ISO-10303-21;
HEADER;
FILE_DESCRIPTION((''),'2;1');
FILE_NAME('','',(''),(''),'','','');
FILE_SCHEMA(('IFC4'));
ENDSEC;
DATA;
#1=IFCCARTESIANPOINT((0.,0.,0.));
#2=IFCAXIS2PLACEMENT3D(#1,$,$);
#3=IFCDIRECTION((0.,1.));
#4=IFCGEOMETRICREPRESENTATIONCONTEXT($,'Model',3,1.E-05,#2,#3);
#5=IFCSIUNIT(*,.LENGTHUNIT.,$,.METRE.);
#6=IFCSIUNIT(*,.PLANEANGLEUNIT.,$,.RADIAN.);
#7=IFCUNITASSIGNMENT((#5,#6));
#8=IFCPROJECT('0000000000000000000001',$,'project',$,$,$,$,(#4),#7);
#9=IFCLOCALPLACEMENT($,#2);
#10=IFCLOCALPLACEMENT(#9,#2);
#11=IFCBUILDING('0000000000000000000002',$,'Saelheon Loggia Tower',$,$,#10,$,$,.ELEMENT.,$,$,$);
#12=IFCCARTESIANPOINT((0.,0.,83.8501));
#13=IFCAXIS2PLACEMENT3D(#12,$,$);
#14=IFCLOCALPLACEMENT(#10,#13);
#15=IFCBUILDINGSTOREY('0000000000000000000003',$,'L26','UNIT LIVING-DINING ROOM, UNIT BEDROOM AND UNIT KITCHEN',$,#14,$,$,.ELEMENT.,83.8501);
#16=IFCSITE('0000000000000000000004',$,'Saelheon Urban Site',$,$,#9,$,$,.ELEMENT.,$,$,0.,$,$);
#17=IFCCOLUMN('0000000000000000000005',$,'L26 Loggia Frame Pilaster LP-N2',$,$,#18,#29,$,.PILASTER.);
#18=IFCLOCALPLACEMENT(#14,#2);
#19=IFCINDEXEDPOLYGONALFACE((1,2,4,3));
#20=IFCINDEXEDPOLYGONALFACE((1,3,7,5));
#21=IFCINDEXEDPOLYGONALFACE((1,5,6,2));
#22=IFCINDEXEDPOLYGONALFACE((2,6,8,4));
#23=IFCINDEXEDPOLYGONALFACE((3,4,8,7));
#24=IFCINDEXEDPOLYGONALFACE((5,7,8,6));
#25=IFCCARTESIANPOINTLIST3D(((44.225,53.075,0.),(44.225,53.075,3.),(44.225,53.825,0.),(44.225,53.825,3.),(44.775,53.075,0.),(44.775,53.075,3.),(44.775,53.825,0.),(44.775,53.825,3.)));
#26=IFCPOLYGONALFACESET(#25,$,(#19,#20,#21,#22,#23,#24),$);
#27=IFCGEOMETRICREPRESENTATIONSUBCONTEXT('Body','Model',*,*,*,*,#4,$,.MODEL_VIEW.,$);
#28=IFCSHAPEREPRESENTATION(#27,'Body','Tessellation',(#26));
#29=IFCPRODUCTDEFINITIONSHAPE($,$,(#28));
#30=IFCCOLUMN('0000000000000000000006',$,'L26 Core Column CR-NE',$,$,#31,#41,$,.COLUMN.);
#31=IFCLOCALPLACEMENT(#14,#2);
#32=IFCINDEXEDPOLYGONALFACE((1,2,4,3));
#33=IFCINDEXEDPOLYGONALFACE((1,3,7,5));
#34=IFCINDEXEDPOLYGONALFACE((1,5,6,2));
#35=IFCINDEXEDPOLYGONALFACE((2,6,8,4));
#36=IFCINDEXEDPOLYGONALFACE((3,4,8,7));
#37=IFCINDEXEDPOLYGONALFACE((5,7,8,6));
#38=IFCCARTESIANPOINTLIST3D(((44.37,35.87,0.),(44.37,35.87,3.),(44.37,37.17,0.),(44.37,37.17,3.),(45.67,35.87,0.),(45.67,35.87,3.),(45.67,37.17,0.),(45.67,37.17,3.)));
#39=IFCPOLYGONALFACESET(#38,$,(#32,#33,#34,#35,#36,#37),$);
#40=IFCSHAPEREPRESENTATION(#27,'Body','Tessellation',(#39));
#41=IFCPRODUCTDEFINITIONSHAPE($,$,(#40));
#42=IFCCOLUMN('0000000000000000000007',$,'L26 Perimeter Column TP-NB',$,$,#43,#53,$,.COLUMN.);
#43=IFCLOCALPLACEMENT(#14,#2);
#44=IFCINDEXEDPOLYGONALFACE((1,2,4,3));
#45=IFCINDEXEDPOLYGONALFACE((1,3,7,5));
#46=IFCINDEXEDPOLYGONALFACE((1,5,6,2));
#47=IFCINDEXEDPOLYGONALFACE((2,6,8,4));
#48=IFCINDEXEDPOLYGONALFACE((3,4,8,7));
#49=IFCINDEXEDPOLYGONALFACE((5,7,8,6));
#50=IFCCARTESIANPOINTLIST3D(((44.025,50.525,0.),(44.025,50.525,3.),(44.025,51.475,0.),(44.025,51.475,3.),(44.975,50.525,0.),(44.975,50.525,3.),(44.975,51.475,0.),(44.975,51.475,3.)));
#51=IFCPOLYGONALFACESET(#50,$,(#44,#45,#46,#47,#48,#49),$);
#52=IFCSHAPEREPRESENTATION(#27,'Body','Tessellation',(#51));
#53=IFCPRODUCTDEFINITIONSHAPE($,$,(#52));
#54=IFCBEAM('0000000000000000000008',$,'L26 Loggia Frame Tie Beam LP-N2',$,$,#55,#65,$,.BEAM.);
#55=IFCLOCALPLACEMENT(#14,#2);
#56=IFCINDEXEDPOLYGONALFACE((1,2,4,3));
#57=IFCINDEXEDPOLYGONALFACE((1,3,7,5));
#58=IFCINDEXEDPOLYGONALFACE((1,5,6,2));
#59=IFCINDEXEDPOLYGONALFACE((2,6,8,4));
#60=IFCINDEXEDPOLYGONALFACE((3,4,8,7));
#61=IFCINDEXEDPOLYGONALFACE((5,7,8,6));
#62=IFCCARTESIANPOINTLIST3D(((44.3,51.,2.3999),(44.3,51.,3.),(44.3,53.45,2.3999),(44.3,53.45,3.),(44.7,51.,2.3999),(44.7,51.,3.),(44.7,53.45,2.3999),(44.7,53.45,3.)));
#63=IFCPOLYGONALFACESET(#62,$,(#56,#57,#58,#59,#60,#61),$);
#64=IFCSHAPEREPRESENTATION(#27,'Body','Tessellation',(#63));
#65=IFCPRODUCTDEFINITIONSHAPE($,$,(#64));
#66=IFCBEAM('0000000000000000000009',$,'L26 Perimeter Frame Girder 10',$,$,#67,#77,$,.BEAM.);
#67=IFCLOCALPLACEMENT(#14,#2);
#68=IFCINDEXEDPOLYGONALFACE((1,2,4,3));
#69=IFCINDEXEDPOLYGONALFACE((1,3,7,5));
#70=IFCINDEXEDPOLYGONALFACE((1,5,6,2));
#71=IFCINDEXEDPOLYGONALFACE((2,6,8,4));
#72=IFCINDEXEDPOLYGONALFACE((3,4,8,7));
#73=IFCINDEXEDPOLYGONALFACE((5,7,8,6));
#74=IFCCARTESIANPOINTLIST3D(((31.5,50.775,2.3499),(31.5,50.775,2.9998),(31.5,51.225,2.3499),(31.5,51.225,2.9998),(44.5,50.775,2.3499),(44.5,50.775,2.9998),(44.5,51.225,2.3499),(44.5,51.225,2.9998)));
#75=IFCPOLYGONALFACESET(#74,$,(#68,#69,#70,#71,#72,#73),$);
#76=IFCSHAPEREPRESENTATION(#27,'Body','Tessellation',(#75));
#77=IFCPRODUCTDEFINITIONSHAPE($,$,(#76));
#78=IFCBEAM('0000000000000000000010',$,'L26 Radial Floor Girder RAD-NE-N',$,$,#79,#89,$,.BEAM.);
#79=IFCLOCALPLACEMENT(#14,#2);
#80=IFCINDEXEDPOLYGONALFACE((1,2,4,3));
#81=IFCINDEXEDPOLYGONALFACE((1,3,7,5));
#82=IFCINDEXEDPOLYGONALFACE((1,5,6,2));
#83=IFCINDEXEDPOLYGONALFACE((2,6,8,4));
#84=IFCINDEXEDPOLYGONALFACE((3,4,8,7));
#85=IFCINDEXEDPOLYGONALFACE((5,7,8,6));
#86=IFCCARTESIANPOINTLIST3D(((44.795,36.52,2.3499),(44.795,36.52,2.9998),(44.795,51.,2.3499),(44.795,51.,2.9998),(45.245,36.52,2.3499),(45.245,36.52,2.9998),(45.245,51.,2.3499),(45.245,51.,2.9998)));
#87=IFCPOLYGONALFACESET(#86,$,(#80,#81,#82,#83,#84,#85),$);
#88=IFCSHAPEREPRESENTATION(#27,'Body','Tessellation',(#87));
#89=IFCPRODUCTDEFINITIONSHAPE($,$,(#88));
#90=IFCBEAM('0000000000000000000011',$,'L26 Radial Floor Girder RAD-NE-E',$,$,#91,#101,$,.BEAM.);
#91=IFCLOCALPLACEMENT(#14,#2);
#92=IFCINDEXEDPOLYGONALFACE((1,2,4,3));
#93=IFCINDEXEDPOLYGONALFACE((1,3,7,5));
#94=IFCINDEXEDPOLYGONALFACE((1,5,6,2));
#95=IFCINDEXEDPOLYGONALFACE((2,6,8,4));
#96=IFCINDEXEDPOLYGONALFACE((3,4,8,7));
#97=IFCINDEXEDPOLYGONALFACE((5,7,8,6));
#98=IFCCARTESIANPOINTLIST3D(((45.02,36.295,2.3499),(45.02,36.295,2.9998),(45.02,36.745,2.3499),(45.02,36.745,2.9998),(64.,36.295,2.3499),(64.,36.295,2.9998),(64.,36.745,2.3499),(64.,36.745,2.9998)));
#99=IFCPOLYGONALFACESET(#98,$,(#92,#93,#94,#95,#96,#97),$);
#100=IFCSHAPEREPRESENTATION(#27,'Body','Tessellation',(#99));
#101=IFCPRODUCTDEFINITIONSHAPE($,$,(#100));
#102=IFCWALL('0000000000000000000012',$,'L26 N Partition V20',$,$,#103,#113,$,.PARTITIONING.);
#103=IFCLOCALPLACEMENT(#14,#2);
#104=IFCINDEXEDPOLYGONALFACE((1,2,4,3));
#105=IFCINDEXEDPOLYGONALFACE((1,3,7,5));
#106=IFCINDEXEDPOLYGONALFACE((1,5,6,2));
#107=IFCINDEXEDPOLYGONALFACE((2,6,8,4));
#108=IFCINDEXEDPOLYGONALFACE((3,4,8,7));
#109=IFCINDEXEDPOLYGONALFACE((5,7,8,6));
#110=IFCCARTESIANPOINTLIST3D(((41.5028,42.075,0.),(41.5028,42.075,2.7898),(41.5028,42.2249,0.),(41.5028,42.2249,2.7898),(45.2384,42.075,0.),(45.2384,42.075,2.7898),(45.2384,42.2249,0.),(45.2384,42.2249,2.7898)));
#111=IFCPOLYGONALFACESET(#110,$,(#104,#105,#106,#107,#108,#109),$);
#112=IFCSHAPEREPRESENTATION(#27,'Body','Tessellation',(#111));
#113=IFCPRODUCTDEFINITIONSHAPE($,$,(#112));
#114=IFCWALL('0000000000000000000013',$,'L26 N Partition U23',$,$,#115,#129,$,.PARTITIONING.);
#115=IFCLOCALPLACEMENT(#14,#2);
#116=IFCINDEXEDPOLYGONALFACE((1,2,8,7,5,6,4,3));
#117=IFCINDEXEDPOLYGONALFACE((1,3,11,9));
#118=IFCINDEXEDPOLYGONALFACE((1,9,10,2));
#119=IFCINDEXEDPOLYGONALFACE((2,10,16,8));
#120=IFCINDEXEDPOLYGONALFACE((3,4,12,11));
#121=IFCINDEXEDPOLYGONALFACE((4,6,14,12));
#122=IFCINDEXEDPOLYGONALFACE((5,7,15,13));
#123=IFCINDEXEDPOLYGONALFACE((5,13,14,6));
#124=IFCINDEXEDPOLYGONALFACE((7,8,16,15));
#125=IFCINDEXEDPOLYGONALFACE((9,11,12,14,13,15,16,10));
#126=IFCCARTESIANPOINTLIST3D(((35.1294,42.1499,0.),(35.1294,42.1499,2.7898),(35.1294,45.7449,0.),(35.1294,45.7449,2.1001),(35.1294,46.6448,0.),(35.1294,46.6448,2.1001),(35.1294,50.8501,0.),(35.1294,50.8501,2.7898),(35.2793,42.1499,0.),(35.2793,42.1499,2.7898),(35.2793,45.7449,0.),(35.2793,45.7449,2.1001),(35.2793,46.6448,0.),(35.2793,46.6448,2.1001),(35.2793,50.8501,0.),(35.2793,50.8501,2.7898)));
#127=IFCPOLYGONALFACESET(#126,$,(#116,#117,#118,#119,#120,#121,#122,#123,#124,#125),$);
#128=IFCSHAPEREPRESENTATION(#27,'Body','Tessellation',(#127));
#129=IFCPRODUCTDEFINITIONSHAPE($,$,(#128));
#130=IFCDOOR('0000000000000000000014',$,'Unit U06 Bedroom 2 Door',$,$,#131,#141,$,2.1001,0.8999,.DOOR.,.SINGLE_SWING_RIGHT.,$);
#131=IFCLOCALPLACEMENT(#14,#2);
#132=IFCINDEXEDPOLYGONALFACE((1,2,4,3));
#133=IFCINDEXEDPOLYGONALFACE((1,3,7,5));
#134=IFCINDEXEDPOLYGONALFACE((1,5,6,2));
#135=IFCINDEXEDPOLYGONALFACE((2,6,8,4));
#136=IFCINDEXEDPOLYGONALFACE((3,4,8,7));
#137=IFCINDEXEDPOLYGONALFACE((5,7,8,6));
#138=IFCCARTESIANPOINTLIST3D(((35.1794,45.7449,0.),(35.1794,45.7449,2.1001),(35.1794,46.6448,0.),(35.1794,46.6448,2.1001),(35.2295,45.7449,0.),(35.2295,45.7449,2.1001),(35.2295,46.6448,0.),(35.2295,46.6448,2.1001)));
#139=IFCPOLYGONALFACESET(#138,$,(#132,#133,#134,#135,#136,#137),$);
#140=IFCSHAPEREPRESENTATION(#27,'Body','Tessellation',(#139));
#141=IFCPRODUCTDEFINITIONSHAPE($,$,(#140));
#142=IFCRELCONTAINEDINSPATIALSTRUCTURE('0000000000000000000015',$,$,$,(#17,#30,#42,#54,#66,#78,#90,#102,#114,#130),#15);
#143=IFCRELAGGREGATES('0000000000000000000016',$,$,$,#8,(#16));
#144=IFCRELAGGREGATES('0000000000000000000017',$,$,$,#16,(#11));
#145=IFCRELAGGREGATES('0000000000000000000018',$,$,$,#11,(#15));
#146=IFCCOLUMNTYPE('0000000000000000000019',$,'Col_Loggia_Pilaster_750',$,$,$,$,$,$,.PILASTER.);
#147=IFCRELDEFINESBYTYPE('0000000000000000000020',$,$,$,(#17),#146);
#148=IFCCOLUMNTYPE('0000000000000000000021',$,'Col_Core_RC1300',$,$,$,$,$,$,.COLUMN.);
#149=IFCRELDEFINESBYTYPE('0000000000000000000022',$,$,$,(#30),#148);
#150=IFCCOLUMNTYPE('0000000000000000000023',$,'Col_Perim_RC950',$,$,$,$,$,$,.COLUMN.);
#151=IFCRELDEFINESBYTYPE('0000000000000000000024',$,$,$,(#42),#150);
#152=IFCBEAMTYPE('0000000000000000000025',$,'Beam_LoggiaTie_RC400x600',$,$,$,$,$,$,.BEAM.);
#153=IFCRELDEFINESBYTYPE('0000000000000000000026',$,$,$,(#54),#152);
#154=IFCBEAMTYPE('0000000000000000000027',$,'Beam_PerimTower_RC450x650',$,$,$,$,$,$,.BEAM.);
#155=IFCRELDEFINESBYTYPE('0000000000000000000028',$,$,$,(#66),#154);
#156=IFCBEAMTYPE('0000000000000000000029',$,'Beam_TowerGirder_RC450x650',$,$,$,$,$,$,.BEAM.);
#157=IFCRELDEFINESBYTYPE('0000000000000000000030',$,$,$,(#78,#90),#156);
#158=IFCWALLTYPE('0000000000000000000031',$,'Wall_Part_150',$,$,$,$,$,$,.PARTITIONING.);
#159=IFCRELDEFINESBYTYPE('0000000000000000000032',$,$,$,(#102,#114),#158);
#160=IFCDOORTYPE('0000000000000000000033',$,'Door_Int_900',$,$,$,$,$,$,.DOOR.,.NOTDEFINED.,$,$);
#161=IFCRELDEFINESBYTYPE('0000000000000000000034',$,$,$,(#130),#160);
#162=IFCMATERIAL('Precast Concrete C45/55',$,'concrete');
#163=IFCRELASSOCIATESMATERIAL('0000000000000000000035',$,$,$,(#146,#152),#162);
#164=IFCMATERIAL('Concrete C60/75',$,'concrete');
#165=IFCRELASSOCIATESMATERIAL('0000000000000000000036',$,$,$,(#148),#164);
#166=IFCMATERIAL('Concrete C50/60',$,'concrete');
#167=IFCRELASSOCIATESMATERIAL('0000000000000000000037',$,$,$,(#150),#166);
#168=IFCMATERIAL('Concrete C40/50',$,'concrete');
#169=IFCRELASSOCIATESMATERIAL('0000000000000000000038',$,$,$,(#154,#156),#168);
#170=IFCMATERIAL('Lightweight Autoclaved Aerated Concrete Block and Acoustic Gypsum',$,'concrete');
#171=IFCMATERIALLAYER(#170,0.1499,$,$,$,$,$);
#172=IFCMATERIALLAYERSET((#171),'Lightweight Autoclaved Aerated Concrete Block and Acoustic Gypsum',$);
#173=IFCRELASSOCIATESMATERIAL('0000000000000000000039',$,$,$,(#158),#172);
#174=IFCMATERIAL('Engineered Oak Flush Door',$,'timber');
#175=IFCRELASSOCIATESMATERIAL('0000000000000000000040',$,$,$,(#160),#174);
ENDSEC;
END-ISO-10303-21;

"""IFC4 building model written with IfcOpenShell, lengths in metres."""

from ifc_helpers import new_model, si_unit, direction, frame, frame_2d, origin, origin_2d, place, context, subcontext, project, spatial, rectangle, extrude, source, transform, mapped, material, layer, layer_set, material_profile, profile_set, type_object, element, fill, save


model = new_model("IFC4")

# Units and contexts
model_context = context("Model", 3, precision=1e-05, world=origin(), true_north=direction((0.0, 1.0)))
body_context = subcontext(model_context, "Body", "Model", "MODEL_VIEW")
ifc_project = project(units=[si_unit("LENGTHUNIT", "METRE"), si_unit("PLANEANGLEUNIT", "RADIAN")], contexts=[model_context])

# Site, building, storey
site_placement = place(None, origin())
site = spatial("IfcSite", under=ifc_project, at=site_placement, Name="Saelheon Urban Site", CompositionType="ELEMENT", RefElevation=0.0)
building_placement = place(site_placement, origin())
building = spatial("IfcBuilding", under=site, at=building_placement, Name="Saelheon Loggia Tower", CompositionType="ELEMENT")
storey_placement = place(building_placement, frame((0.0, 0.0, 83.8501)))
storey = spatial("IfcBuildingStorey", under=building, at=storey_placement, Name="L26", Description="UNIT LIVING-DINING ROOM, UNIT BEDROOM AND UNIT KITCHEN", CompositionType="ELEMENT", Elevation=83.8501)

# Columns
ifc_material_1 = material(Name="Precast Concrete C45/55", Category="concrete")
ifc_material_profile_1 = material_profile(ifc_material_1, rectangle(XDim=0.55, YDim=0.75, at=origin_2d()), Name="RC-550x750")
ifc_profile_set_1 = profile_set([ifc_material_profile_1], Name="Precast Concrete C45/55")
column_type_1 = type_object("IfcColumnType", Name="Col_Loggia_Pilaster_750", PredefinedType="PILASTER", material=ifc_profile_set_1)
shared_shape_1 = source(origin(), body_context, "Body", "SweptSolid", [
    extrude(rectangle(XDim=0.55, YDim=0.75, at=origin_2d()), origin(), (0.0, 0.0, 1.0), 3.0),
])
column_1_placement = place(storey_placement, frame((44.5, 53.45, 0.0), z_axis=(0.0, 0.0, 1.0), x_axis=(1.0, 0.0, 0.0)))
element("IfcColumn", 1, at=column_1_placement, inside=storey, type_object=column_type_1, Name="L26 Loggia Frame Pilaster LP-N2", PredefinedType="PILASTER", context=body_context, shape_type="MappedRepresentation", body=[
    mapped(shared_shape_1, transform((0.0, 0.0, 0.0), scale=1.0)),
])
ifc_material_2 = material(Name="Concrete C60/75", Category="concrete")
ifc_material_profile_2 = material_profile(ifc_material_2, rectangle(XDim=1.3, YDim=1.3, at=origin_2d()), Name="RC-1300x1300")
ifc_profile_set_2 = profile_set([ifc_material_profile_2], Name="Concrete C60/75")
column_type_2 = type_object("IfcColumnType", Name="Col_Core_RC1300", PredefinedType="COLUMN", material=ifc_profile_set_2)
shared_shape_2 = source(origin(), body_context, "Body", "SweptSolid", [
    extrude(rectangle(XDim=1.3, YDim=1.3, at=origin_2d()), origin(), (0.0, 0.0, 1.0), 3.0),
])
column_2_placement = place(storey_placement, frame((45.02, 36.52, 0.0), z_axis=(0.0, 0.0, 1.0), x_axis=(1.0, 0.0, 0.0)))
element("IfcColumn", 2, at=column_2_placement, inside=storey, type_object=column_type_2, Name="L26 Core Column CR-NE", PredefinedType="COLUMN", context=body_context, shape_type="MappedRepresentation", body=[
    mapped(shared_shape_2, transform((0.0, 0.0, 0.0), scale=1.0)),
])
ifc_material_3 = material(Name="Concrete C50/60", Category="concrete")
ifc_material_profile_3 = material_profile(ifc_material_3, rectangle(XDim=0.95, YDim=0.95, at=origin_2d()), Name="RC-950x950")
ifc_profile_set_3 = profile_set([ifc_material_profile_3], Name="Concrete C50/60")
column_type_3 = type_object("IfcColumnType", Name="Col_Perim_RC950", PredefinedType="COLUMN", material=ifc_profile_set_3)
shared_shape_3 = source(origin(), body_context, "Body", "SweptSolid", [
    extrude(rectangle(XDim=0.95, YDim=0.95, at=origin_2d()), origin(), (0.0, 0.0, 1.0), 3.0),
])
column_3_placement = place(storey_placement, frame((44.5, 51.0, 0.0), z_axis=(0.0, 0.0, 1.0), x_axis=(1.0, 0.0, 0.0)))
element("IfcColumn", 3, at=column_3_placement, inside=storey, type_object=column_type_3, Name="L26 Perimeter Column TP-NB", PredefinedType="COLUMN", context=body_context, shape_type="MappedRepresentation", body=[
    mapped(shared_shape_3, transform((0.0, 0.0, 0.0), scale=1.0)),
])

# Beams
ifc_material_profile_4 = material_profile(ifc_material_1, rectangle(XDim=0.3999, YDim=0.6001, at=origin_2d()), Name="RC-400x600")
ifc_profile_set_4 = profile_set([ifc_material_profile_4], Name="Precast Concrete C45/55")
beam_type_1 = type_object("IfcBeamType", Name="Beam_LoggiaTie_RC400x600", PredefinedType="BEAM", material=ifc_profile_set_4)
shared_shape_4 = source(origin(), body_context, "Body", "SweptSolid", [
    extrude(rectangle(XDim=0.3999, YDim=0.6001, at=origin_2d()), origin(), (0.0, 0.0, 1.0), 2.45),
])
beam_1_placement = place(storey_placement, frame((44.5, 51.0, 2.7), z_axis=(0.0, 1.0, 0.0), x_axis=(-1.0, 0.0, 0.0)))
element("IfcBeam", 4, at=beam_1_placement, inside=storey, type_object=beam_type_1, Name="L26 Loggia Frame Tie Beam LP-N2", PredefinedType="BEAM", context=body_context, shape_type="MappedRepresentation", body=[
    mapped(shared_shape_4, transform((0.0, 0.0, 0.0), scale=1.0)),
])
ifc_material_4 = material(Name="Concrete C40/50", Category="concrete")
ifc_material_profile_5 = material_profile(ifc_material_4, rectangle(XDim=0.45, YDim=0.6499, at=origin_2d()), Name="RC-450x650")
ifc_profile_set_5 = profile_set([ifc_material_profile_5], Name="Concrete C40/50")
beam_type_2 = type_object("IfcBeamType", Name="Beam_PerimTower_RC450x650", PredefinedType="BEAM", material=ifc_profile_set_5)
shared_shape_5 = source(origin(), body_context, "Body", "SweptSolid", [
    extrude(rectangle(XDim=0.45, YDim=0.6499, at=origin_2d()), origin(), (0.0, 0.0, 1.0), 13.0),
])
beam_2_placement = place(storey_placement, frame((44.5, 51.0, 2.6748), z_axis=(-1.0, 0.0, 0.0), x_axis=(0.0, -1.0, 0.0)))
element("IfcBeam", 5, at=beam_2_placement, inside=storey, type_object=beam_type_2, Name="L26 Perimeter Frame Girder 10", PredefinedType="BEAM", context=body_context, shape_type="MappedRepresentation", body=[
    mapped(shared_shape_5, transform((0.0, 0.0, 0.0), scale=1.0)),
])
ifc_material_profile_6 = material_profile(ifc_material_4, rectangle(XDim=0.45, YDim=0.6499, at=origin_2d()), Name="RC-450x650")
ifc_profile_set_6 = profile_set([ifc_material_profile_6], Name="Concrete C40/50")
beam_type_3 = type_object("IfcBeamType", Name="Beam_TowerGirder_RC450x650", PredefinedType="BEAM", material=ifc_profile_set_6)
shared_shape_6 = source(origin(), body_context, "Body", "SweptSolid", [
    extrude(rectangle(XDim=0.45, YDim=0.6499, at=origin_2d()), origin(), (0.0, 0.0, 1.0), 14.48),
])
beam_3_placement = place(storey_placement, frame((45.02, 36.52, 2.6748), z_axis=(0.0, 1.0, 0.0), x_axis=(-1.0, 0.0, 0.0)))
element("IfcBeam", 6, at=beam_3_placement, inside=storey, type_object=beam_type_3, Name="L26 Radial Floor Girder RAD-NE-N", PredefinedType="BEAM", context=body_context, shape_type="MappedRepresentation", body=[
    mapped(shared_shape_6, transform((0.0, 0.0, 0.0), scale=1.0)),
])
shared_shape_7 = source(origin(), body_context, "Body", "SweptSolid", [
    extrude(rectangle(XDim=0.45, YDim=0.6499, at=origin_2d()), origin(), (0.0, 0.0, 1.0), 18.98),
])
beam_4_placement = place(storey_placement, frame((45.02, 36.52, 2.6748), z_axis=(1.0, 0.0, 0.0), x_axis=(0.0, 1.0, 0.0)))
element("IfcBeam", 7, at=beam_4_placement, inside=storey, type_object=beam_type_3, Name="L26 Radial Floor Girder RAD-NE-E", PredefinedType="BEAM", context=body_context, shape_type="MappedRepresentation", body=[
    mapped(shared_shape_7, transform((0.0, 0.0, 0.0), scale=1.0)),
])

# Wall
ifc_material_5 = material(Name="Lightweight Autoclaved Aerated Concrete Block and Acoustic Gypsum", Category="concrete")
ifc_layer_1 = layer(ifc_material_5, 0.1499)
ifc_layer_set_1 = layer_set([ifc_layer_1], Name="Lightweight Autoclaved Aerated Concrete Block and Acoustic Gypsum")
wall_type_1 = type_object("IfcWallType", Name="Wall_Part_150", PredefinedType="PARTITIONING", material=ifc_layer_set_1)
wall_1_placement = place(storey_placement, frame((41.5029, 42.1499, 0.0), z_axis=(0.0, 0.0, 1.0), x_axis=(1.0, 0.0, 0.0)))
element("IfcWall", 8, at=wall_1_placement, inside=storey, type_object=wall_type_1, Name="L26 N Partition V20", PredefinedType="PARTITIONING", context=body_context, shape_type="SweptSolid", body=[
    extrude(rectangle(XDim=3.7356, YDim=0.1499, at=frame_2d((1.8677, 0.0))), origin(), (0.0, 0.0, 1.0), 2.7898),
])

# Wall, opening, door
wall_2_placement = place(storey_placement, frame((35.2043, 42.1499, 0.0), z_axis=(0.0, 0.0, 1.0), x_axis=(0.0, 1.0, 0.0)))
wall_2 = element("IfcWall", 9, at=wall_2_placement, inside=storey, type_object=wall_type_1, Name="L26 N Partition U23", PredefinedType="PARTITIONING", context=body_context, shape_type="SweptSolid", body=[
    extrude(rectangle(XDim=8.7002, YDim=0.1499, at=frame_2d((4.3501, 0.0))), origin(), (0.0, 0.0, 1.0), 2.7898),
])
opening_1_placement = place(wall_2_placement, frame((3.595, 0.0, 0.0)))
opening_1 = element("IfcOpeningElement", 10, at=opening_1_placement, cuts=wall_2, PredefinedType="OPENING", context=body_context, shape_type="SweptSolid", body=[
    extrude(rectangle(XDim=0.8999, YDim=2.1001, at=frame_2d((0.45, 1.05))), frame((0.0, 0.0869, 0.0), z_axis=(0.0, -1.0, 0.0), x_axis=(1.0, 0.0, 0.0)), (0.0, 0.0, 1.0), 0.1738),
])
ifc_material_6 = material(Name="Engineered Oak Flush Door", Category="timber")
door_type_1 = type_object("IfcDoorType", Name="Door_Int_900", OperationType="NOTDEFINED", PredefinedType="DOOR", material=ifc_material_6)
shared_shape_8 = source(origin(), body_context, "Body", "SweptSolid", [
    extrude(rectangle(XDim=0.8999, YDim=2.1001, at=frame_2d((0.45, 1.05))), frame((0.0, 0.0249, 0.0), z_axis=(0.0, -1.0, 0.0), x_axis=(1.0, 0.0, 0.0)), (0.0, 0.0, 1.0), 0.05),
])
door_1_placement = place(opening_1_placement, origin())
door_1 = element("IfcDoor", 11, at=door_1_placement, inside=storey, type_object=door_type_1, Name="Unit U06 Bedroom 2 Door", OperationType="SINGLE_SWING_RIGHT", OverallHeight=2.1001, OverallWidth=0.8999, PredefinedType="DOOR", context=body_context, shape_type="MappedRepresentation", body=[
    mapped(shared_shape_8, transform((0.0, 0.0, 0.0), scale=1.0)),
])
fill(opening_1, door_1)

save(model, "model.ifc")
